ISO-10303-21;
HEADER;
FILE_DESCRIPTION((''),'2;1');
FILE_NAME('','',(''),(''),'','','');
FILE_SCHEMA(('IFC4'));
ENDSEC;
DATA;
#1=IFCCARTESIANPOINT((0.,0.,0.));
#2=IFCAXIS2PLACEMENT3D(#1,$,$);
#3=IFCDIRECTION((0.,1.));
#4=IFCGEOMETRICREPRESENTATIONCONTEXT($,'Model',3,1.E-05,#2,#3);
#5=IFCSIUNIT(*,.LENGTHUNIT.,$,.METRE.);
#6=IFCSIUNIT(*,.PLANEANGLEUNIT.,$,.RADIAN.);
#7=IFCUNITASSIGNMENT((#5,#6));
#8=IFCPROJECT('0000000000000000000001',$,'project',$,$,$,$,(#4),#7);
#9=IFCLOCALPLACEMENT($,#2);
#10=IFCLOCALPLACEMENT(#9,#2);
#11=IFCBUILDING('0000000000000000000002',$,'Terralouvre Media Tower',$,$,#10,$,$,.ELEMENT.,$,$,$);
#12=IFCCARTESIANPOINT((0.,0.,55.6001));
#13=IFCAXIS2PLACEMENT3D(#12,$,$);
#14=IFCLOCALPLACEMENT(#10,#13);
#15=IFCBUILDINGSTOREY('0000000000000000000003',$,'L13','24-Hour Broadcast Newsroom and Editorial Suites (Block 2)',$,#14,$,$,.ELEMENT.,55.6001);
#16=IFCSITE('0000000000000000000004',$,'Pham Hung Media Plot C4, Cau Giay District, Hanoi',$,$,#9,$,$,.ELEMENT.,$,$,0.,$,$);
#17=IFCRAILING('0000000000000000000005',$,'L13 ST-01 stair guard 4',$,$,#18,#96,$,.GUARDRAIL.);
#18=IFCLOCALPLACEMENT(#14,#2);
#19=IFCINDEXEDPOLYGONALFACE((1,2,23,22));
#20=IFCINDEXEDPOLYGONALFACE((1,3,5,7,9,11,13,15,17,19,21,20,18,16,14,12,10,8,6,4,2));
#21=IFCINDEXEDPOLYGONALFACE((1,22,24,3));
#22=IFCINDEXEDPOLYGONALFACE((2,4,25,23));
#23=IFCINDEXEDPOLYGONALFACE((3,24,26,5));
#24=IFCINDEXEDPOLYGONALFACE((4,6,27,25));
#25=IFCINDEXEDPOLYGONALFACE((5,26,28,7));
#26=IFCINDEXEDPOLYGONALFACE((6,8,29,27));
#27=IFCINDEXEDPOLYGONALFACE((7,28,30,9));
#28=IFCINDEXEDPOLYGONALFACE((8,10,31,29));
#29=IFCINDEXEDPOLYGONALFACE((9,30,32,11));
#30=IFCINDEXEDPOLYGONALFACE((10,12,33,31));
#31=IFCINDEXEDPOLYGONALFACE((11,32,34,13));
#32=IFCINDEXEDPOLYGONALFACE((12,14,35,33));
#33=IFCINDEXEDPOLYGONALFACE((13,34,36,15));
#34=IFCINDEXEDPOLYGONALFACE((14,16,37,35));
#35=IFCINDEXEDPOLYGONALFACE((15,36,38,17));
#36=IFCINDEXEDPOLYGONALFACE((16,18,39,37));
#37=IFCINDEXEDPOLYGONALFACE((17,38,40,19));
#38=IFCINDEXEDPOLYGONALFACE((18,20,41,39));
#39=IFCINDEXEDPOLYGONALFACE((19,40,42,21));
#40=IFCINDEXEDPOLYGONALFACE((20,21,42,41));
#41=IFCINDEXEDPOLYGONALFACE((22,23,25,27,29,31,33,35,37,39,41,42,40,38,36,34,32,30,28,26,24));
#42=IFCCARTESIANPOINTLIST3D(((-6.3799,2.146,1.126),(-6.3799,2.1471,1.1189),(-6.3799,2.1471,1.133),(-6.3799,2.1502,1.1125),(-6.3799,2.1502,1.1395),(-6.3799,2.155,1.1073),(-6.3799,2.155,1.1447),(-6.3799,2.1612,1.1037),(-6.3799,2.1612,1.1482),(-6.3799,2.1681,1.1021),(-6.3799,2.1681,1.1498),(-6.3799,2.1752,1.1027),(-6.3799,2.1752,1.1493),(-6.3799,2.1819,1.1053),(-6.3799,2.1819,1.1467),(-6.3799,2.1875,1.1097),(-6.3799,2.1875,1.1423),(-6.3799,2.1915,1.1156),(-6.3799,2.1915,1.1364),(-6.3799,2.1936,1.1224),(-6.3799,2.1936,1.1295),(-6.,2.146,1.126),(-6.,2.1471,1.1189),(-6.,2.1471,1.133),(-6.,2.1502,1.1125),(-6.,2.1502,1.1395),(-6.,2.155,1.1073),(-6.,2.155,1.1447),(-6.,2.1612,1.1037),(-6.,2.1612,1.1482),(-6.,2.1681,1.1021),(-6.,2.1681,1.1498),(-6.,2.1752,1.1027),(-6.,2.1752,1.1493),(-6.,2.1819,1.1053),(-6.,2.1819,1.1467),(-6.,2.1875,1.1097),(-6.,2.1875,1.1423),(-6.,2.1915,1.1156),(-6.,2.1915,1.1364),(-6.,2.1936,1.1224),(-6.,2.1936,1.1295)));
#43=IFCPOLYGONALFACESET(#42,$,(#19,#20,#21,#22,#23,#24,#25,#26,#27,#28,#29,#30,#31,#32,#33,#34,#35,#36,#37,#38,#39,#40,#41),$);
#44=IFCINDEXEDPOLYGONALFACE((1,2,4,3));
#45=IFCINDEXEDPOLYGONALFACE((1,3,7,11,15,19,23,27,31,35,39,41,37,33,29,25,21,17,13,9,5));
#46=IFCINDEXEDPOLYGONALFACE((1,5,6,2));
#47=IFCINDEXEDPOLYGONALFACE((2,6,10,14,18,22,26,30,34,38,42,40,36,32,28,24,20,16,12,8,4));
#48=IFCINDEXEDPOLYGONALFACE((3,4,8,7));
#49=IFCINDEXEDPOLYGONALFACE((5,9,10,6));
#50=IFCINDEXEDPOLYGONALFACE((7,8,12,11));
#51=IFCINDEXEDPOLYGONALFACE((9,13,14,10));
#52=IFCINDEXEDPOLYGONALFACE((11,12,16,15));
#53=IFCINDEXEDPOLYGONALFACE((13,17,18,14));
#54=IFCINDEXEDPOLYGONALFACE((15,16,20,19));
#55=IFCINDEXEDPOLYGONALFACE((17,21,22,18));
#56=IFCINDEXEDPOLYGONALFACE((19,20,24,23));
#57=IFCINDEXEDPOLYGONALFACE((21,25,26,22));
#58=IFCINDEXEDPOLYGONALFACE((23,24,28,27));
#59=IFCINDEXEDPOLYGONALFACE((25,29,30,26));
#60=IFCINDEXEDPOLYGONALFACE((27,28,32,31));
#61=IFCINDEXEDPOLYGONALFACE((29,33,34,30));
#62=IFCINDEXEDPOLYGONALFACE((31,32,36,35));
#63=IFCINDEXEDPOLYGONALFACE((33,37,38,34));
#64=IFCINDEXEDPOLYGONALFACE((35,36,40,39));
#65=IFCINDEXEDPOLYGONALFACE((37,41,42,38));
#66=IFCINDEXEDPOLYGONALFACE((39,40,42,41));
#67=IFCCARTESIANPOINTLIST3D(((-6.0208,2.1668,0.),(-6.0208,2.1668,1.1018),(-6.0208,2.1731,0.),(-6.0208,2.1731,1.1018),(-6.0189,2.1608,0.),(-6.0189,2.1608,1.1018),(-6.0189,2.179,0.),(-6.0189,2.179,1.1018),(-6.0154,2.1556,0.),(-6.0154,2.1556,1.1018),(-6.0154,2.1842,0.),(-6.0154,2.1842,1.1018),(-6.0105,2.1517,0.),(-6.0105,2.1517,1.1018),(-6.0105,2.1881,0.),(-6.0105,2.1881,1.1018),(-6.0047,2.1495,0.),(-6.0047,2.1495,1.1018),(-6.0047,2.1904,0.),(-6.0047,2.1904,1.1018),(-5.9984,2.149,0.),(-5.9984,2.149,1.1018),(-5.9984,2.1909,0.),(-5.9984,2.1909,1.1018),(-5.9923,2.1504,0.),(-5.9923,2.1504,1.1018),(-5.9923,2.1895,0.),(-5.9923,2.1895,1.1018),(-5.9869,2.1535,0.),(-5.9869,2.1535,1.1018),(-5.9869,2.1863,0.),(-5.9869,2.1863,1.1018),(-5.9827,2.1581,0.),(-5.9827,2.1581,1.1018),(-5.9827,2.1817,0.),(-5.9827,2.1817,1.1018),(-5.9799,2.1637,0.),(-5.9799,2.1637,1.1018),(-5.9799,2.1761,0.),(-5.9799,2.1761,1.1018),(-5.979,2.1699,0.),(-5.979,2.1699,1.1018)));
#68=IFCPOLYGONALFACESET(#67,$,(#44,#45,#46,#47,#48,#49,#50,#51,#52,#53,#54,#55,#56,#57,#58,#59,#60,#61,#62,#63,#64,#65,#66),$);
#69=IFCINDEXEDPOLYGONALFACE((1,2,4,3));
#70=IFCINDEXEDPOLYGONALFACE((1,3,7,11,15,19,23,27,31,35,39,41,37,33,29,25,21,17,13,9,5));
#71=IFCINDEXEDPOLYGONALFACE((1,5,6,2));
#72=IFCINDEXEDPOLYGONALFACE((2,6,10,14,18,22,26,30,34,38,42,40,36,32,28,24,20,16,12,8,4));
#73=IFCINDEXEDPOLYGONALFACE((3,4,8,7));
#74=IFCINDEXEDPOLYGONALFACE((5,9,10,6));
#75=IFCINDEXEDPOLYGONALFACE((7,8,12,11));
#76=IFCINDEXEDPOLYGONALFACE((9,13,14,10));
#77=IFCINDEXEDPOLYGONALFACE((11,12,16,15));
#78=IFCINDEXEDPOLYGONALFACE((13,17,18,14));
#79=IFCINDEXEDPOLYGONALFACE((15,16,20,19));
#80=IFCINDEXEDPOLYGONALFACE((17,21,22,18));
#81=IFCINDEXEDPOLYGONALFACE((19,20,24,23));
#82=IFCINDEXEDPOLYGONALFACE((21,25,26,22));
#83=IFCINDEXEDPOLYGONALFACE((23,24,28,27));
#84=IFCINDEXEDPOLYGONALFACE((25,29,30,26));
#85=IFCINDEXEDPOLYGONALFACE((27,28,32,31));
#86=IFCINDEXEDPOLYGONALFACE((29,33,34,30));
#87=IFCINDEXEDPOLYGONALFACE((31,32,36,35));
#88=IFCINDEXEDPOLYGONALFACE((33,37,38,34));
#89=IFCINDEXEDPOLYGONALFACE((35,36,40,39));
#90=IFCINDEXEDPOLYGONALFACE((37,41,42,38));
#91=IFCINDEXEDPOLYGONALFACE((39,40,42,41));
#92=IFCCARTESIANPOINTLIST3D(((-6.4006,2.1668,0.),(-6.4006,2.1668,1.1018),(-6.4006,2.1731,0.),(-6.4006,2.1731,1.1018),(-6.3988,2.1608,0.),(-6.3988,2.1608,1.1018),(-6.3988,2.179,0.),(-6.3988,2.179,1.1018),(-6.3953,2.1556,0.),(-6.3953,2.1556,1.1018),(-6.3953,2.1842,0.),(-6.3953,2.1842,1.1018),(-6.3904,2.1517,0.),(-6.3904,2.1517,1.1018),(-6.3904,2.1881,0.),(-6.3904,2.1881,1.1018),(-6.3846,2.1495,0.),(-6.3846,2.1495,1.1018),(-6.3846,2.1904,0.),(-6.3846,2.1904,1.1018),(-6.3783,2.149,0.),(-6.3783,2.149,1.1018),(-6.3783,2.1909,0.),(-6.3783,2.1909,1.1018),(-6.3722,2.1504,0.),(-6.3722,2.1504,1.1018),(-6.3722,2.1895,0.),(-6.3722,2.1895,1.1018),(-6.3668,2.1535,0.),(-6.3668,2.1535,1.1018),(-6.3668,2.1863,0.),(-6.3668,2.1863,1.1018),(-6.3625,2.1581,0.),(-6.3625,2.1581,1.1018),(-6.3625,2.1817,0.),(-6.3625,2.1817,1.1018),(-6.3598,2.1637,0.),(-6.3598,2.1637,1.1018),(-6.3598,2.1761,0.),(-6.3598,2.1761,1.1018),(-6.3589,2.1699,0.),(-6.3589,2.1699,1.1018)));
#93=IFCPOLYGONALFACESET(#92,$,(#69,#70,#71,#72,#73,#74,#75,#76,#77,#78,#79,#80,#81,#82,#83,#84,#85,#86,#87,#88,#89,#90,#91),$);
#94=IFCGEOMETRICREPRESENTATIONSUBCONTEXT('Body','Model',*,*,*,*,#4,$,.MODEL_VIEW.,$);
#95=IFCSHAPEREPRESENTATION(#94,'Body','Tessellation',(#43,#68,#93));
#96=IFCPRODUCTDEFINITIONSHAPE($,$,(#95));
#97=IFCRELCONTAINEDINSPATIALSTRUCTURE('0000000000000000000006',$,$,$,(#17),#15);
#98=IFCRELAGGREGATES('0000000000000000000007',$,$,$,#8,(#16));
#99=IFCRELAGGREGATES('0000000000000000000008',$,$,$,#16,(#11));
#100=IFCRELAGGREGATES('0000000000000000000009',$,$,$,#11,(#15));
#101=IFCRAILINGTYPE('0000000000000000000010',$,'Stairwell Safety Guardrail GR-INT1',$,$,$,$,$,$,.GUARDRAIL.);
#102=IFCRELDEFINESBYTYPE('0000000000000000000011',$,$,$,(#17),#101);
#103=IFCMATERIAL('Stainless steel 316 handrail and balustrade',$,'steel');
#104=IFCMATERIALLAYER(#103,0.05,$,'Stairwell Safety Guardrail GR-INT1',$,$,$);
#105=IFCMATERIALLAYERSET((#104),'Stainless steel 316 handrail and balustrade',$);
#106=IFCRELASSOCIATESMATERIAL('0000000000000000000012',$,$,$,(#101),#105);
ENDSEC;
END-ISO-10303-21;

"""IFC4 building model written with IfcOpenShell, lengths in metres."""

from ifc_helpers import new_model, si_unit, direction, frame, origin, origin_2d, place, context, subcontext, project, spatial, circle, extrude, material, layer, layer_set, type_object, element, save


model = new_model("IFC4")

# Units and contexts
model_context = context("Model", 3, precision=1e-05, world=origin(), true_north=direction((0.0, 1.0)))
body_context = subcontext(model_context, "Body", "Model", "MODEL_VIEW")
ifc_project = project(units=[si_unit("LENGTHUNIT", "METRE"), si_unit("PLANEANGLEUNIT", "RADIAN")], contexts=[model_context])

# Site, building, storey
site_placement = place(None, origin())
site = spatial("IfcSite", under=ifc_project, at=site_placement, Name="Pham Hung Media Plot C4, Cau Giay District, Hanoi", CompositionType="ELEMENT", RefElevation=0.0)
building_placement = place(site_placement, origin())
building = spatial("IfcBuilding", under=site, at=building_placement, Name="Terralouvre Media Tower", CompositionType="ELEMENT")
storey_placement = place(building_placement, frame((0.0, 0.0, 55.6001)))
storey = spatial("IfcBuildingStorey", under=building, at=storey_placement, Name="L13", Description="24-Hour Broadcast Newsroom and Editorial Suites (Block 2)", CompositionType="ELEMENT", Elevation=55.6001)

# Railing
ifc_material_1 = material(Name="Stainless steel 316 handrail and balustrade", Category="steel")
ifc_layer_1 = layer(ifc_material_1, 0.05, Name="Stairwell Safety Guardrail GR-INT1")
ifc_layer_set_1 = layer_set([ifc_layer_1], Name="Stainless steel 316 handrail and balustrade")
railing_type_1 = type_object("IfcRailingType", Name="Stairwell Safety Guardrail GR-INT1", PredefinedType="GUARDRAIL", material=ifc_layer_set_1)
railing_1_placement = place(storey_placement, frame((-6.0, 2.1699, 0.0)))
element("IfcRailing", 1, at=railing_1_placement, inside=storey, type_object=railing_type_1, Name="L13 ST-01 stair guard 4", PredefinedType="GUARDRAIL", context=body_context, shape_type="SweptSolid", body=[
    extrude(circle(Radius=0.0239, at=origin_2d()), frame((0.0, 0.0, 1.126), z_axis=(-1.0, 0.0, 0.0), x_axis=(0.0, -1.0, 0.0)), (0.0, 0.0, 1.0), 0.3799),
    extrude(circle(Radius=0.021, at=origin_2d()), origin(), (0.0, 0.0, 1.0), 1.1018),
    extrude(circle(Radius=0.021, at=origin_2d()), frame((-0.3799, 0.0, 0.0)), (0.0, 0.0, 1.0), 1.1018),
])

save(model, "model.ifc")
